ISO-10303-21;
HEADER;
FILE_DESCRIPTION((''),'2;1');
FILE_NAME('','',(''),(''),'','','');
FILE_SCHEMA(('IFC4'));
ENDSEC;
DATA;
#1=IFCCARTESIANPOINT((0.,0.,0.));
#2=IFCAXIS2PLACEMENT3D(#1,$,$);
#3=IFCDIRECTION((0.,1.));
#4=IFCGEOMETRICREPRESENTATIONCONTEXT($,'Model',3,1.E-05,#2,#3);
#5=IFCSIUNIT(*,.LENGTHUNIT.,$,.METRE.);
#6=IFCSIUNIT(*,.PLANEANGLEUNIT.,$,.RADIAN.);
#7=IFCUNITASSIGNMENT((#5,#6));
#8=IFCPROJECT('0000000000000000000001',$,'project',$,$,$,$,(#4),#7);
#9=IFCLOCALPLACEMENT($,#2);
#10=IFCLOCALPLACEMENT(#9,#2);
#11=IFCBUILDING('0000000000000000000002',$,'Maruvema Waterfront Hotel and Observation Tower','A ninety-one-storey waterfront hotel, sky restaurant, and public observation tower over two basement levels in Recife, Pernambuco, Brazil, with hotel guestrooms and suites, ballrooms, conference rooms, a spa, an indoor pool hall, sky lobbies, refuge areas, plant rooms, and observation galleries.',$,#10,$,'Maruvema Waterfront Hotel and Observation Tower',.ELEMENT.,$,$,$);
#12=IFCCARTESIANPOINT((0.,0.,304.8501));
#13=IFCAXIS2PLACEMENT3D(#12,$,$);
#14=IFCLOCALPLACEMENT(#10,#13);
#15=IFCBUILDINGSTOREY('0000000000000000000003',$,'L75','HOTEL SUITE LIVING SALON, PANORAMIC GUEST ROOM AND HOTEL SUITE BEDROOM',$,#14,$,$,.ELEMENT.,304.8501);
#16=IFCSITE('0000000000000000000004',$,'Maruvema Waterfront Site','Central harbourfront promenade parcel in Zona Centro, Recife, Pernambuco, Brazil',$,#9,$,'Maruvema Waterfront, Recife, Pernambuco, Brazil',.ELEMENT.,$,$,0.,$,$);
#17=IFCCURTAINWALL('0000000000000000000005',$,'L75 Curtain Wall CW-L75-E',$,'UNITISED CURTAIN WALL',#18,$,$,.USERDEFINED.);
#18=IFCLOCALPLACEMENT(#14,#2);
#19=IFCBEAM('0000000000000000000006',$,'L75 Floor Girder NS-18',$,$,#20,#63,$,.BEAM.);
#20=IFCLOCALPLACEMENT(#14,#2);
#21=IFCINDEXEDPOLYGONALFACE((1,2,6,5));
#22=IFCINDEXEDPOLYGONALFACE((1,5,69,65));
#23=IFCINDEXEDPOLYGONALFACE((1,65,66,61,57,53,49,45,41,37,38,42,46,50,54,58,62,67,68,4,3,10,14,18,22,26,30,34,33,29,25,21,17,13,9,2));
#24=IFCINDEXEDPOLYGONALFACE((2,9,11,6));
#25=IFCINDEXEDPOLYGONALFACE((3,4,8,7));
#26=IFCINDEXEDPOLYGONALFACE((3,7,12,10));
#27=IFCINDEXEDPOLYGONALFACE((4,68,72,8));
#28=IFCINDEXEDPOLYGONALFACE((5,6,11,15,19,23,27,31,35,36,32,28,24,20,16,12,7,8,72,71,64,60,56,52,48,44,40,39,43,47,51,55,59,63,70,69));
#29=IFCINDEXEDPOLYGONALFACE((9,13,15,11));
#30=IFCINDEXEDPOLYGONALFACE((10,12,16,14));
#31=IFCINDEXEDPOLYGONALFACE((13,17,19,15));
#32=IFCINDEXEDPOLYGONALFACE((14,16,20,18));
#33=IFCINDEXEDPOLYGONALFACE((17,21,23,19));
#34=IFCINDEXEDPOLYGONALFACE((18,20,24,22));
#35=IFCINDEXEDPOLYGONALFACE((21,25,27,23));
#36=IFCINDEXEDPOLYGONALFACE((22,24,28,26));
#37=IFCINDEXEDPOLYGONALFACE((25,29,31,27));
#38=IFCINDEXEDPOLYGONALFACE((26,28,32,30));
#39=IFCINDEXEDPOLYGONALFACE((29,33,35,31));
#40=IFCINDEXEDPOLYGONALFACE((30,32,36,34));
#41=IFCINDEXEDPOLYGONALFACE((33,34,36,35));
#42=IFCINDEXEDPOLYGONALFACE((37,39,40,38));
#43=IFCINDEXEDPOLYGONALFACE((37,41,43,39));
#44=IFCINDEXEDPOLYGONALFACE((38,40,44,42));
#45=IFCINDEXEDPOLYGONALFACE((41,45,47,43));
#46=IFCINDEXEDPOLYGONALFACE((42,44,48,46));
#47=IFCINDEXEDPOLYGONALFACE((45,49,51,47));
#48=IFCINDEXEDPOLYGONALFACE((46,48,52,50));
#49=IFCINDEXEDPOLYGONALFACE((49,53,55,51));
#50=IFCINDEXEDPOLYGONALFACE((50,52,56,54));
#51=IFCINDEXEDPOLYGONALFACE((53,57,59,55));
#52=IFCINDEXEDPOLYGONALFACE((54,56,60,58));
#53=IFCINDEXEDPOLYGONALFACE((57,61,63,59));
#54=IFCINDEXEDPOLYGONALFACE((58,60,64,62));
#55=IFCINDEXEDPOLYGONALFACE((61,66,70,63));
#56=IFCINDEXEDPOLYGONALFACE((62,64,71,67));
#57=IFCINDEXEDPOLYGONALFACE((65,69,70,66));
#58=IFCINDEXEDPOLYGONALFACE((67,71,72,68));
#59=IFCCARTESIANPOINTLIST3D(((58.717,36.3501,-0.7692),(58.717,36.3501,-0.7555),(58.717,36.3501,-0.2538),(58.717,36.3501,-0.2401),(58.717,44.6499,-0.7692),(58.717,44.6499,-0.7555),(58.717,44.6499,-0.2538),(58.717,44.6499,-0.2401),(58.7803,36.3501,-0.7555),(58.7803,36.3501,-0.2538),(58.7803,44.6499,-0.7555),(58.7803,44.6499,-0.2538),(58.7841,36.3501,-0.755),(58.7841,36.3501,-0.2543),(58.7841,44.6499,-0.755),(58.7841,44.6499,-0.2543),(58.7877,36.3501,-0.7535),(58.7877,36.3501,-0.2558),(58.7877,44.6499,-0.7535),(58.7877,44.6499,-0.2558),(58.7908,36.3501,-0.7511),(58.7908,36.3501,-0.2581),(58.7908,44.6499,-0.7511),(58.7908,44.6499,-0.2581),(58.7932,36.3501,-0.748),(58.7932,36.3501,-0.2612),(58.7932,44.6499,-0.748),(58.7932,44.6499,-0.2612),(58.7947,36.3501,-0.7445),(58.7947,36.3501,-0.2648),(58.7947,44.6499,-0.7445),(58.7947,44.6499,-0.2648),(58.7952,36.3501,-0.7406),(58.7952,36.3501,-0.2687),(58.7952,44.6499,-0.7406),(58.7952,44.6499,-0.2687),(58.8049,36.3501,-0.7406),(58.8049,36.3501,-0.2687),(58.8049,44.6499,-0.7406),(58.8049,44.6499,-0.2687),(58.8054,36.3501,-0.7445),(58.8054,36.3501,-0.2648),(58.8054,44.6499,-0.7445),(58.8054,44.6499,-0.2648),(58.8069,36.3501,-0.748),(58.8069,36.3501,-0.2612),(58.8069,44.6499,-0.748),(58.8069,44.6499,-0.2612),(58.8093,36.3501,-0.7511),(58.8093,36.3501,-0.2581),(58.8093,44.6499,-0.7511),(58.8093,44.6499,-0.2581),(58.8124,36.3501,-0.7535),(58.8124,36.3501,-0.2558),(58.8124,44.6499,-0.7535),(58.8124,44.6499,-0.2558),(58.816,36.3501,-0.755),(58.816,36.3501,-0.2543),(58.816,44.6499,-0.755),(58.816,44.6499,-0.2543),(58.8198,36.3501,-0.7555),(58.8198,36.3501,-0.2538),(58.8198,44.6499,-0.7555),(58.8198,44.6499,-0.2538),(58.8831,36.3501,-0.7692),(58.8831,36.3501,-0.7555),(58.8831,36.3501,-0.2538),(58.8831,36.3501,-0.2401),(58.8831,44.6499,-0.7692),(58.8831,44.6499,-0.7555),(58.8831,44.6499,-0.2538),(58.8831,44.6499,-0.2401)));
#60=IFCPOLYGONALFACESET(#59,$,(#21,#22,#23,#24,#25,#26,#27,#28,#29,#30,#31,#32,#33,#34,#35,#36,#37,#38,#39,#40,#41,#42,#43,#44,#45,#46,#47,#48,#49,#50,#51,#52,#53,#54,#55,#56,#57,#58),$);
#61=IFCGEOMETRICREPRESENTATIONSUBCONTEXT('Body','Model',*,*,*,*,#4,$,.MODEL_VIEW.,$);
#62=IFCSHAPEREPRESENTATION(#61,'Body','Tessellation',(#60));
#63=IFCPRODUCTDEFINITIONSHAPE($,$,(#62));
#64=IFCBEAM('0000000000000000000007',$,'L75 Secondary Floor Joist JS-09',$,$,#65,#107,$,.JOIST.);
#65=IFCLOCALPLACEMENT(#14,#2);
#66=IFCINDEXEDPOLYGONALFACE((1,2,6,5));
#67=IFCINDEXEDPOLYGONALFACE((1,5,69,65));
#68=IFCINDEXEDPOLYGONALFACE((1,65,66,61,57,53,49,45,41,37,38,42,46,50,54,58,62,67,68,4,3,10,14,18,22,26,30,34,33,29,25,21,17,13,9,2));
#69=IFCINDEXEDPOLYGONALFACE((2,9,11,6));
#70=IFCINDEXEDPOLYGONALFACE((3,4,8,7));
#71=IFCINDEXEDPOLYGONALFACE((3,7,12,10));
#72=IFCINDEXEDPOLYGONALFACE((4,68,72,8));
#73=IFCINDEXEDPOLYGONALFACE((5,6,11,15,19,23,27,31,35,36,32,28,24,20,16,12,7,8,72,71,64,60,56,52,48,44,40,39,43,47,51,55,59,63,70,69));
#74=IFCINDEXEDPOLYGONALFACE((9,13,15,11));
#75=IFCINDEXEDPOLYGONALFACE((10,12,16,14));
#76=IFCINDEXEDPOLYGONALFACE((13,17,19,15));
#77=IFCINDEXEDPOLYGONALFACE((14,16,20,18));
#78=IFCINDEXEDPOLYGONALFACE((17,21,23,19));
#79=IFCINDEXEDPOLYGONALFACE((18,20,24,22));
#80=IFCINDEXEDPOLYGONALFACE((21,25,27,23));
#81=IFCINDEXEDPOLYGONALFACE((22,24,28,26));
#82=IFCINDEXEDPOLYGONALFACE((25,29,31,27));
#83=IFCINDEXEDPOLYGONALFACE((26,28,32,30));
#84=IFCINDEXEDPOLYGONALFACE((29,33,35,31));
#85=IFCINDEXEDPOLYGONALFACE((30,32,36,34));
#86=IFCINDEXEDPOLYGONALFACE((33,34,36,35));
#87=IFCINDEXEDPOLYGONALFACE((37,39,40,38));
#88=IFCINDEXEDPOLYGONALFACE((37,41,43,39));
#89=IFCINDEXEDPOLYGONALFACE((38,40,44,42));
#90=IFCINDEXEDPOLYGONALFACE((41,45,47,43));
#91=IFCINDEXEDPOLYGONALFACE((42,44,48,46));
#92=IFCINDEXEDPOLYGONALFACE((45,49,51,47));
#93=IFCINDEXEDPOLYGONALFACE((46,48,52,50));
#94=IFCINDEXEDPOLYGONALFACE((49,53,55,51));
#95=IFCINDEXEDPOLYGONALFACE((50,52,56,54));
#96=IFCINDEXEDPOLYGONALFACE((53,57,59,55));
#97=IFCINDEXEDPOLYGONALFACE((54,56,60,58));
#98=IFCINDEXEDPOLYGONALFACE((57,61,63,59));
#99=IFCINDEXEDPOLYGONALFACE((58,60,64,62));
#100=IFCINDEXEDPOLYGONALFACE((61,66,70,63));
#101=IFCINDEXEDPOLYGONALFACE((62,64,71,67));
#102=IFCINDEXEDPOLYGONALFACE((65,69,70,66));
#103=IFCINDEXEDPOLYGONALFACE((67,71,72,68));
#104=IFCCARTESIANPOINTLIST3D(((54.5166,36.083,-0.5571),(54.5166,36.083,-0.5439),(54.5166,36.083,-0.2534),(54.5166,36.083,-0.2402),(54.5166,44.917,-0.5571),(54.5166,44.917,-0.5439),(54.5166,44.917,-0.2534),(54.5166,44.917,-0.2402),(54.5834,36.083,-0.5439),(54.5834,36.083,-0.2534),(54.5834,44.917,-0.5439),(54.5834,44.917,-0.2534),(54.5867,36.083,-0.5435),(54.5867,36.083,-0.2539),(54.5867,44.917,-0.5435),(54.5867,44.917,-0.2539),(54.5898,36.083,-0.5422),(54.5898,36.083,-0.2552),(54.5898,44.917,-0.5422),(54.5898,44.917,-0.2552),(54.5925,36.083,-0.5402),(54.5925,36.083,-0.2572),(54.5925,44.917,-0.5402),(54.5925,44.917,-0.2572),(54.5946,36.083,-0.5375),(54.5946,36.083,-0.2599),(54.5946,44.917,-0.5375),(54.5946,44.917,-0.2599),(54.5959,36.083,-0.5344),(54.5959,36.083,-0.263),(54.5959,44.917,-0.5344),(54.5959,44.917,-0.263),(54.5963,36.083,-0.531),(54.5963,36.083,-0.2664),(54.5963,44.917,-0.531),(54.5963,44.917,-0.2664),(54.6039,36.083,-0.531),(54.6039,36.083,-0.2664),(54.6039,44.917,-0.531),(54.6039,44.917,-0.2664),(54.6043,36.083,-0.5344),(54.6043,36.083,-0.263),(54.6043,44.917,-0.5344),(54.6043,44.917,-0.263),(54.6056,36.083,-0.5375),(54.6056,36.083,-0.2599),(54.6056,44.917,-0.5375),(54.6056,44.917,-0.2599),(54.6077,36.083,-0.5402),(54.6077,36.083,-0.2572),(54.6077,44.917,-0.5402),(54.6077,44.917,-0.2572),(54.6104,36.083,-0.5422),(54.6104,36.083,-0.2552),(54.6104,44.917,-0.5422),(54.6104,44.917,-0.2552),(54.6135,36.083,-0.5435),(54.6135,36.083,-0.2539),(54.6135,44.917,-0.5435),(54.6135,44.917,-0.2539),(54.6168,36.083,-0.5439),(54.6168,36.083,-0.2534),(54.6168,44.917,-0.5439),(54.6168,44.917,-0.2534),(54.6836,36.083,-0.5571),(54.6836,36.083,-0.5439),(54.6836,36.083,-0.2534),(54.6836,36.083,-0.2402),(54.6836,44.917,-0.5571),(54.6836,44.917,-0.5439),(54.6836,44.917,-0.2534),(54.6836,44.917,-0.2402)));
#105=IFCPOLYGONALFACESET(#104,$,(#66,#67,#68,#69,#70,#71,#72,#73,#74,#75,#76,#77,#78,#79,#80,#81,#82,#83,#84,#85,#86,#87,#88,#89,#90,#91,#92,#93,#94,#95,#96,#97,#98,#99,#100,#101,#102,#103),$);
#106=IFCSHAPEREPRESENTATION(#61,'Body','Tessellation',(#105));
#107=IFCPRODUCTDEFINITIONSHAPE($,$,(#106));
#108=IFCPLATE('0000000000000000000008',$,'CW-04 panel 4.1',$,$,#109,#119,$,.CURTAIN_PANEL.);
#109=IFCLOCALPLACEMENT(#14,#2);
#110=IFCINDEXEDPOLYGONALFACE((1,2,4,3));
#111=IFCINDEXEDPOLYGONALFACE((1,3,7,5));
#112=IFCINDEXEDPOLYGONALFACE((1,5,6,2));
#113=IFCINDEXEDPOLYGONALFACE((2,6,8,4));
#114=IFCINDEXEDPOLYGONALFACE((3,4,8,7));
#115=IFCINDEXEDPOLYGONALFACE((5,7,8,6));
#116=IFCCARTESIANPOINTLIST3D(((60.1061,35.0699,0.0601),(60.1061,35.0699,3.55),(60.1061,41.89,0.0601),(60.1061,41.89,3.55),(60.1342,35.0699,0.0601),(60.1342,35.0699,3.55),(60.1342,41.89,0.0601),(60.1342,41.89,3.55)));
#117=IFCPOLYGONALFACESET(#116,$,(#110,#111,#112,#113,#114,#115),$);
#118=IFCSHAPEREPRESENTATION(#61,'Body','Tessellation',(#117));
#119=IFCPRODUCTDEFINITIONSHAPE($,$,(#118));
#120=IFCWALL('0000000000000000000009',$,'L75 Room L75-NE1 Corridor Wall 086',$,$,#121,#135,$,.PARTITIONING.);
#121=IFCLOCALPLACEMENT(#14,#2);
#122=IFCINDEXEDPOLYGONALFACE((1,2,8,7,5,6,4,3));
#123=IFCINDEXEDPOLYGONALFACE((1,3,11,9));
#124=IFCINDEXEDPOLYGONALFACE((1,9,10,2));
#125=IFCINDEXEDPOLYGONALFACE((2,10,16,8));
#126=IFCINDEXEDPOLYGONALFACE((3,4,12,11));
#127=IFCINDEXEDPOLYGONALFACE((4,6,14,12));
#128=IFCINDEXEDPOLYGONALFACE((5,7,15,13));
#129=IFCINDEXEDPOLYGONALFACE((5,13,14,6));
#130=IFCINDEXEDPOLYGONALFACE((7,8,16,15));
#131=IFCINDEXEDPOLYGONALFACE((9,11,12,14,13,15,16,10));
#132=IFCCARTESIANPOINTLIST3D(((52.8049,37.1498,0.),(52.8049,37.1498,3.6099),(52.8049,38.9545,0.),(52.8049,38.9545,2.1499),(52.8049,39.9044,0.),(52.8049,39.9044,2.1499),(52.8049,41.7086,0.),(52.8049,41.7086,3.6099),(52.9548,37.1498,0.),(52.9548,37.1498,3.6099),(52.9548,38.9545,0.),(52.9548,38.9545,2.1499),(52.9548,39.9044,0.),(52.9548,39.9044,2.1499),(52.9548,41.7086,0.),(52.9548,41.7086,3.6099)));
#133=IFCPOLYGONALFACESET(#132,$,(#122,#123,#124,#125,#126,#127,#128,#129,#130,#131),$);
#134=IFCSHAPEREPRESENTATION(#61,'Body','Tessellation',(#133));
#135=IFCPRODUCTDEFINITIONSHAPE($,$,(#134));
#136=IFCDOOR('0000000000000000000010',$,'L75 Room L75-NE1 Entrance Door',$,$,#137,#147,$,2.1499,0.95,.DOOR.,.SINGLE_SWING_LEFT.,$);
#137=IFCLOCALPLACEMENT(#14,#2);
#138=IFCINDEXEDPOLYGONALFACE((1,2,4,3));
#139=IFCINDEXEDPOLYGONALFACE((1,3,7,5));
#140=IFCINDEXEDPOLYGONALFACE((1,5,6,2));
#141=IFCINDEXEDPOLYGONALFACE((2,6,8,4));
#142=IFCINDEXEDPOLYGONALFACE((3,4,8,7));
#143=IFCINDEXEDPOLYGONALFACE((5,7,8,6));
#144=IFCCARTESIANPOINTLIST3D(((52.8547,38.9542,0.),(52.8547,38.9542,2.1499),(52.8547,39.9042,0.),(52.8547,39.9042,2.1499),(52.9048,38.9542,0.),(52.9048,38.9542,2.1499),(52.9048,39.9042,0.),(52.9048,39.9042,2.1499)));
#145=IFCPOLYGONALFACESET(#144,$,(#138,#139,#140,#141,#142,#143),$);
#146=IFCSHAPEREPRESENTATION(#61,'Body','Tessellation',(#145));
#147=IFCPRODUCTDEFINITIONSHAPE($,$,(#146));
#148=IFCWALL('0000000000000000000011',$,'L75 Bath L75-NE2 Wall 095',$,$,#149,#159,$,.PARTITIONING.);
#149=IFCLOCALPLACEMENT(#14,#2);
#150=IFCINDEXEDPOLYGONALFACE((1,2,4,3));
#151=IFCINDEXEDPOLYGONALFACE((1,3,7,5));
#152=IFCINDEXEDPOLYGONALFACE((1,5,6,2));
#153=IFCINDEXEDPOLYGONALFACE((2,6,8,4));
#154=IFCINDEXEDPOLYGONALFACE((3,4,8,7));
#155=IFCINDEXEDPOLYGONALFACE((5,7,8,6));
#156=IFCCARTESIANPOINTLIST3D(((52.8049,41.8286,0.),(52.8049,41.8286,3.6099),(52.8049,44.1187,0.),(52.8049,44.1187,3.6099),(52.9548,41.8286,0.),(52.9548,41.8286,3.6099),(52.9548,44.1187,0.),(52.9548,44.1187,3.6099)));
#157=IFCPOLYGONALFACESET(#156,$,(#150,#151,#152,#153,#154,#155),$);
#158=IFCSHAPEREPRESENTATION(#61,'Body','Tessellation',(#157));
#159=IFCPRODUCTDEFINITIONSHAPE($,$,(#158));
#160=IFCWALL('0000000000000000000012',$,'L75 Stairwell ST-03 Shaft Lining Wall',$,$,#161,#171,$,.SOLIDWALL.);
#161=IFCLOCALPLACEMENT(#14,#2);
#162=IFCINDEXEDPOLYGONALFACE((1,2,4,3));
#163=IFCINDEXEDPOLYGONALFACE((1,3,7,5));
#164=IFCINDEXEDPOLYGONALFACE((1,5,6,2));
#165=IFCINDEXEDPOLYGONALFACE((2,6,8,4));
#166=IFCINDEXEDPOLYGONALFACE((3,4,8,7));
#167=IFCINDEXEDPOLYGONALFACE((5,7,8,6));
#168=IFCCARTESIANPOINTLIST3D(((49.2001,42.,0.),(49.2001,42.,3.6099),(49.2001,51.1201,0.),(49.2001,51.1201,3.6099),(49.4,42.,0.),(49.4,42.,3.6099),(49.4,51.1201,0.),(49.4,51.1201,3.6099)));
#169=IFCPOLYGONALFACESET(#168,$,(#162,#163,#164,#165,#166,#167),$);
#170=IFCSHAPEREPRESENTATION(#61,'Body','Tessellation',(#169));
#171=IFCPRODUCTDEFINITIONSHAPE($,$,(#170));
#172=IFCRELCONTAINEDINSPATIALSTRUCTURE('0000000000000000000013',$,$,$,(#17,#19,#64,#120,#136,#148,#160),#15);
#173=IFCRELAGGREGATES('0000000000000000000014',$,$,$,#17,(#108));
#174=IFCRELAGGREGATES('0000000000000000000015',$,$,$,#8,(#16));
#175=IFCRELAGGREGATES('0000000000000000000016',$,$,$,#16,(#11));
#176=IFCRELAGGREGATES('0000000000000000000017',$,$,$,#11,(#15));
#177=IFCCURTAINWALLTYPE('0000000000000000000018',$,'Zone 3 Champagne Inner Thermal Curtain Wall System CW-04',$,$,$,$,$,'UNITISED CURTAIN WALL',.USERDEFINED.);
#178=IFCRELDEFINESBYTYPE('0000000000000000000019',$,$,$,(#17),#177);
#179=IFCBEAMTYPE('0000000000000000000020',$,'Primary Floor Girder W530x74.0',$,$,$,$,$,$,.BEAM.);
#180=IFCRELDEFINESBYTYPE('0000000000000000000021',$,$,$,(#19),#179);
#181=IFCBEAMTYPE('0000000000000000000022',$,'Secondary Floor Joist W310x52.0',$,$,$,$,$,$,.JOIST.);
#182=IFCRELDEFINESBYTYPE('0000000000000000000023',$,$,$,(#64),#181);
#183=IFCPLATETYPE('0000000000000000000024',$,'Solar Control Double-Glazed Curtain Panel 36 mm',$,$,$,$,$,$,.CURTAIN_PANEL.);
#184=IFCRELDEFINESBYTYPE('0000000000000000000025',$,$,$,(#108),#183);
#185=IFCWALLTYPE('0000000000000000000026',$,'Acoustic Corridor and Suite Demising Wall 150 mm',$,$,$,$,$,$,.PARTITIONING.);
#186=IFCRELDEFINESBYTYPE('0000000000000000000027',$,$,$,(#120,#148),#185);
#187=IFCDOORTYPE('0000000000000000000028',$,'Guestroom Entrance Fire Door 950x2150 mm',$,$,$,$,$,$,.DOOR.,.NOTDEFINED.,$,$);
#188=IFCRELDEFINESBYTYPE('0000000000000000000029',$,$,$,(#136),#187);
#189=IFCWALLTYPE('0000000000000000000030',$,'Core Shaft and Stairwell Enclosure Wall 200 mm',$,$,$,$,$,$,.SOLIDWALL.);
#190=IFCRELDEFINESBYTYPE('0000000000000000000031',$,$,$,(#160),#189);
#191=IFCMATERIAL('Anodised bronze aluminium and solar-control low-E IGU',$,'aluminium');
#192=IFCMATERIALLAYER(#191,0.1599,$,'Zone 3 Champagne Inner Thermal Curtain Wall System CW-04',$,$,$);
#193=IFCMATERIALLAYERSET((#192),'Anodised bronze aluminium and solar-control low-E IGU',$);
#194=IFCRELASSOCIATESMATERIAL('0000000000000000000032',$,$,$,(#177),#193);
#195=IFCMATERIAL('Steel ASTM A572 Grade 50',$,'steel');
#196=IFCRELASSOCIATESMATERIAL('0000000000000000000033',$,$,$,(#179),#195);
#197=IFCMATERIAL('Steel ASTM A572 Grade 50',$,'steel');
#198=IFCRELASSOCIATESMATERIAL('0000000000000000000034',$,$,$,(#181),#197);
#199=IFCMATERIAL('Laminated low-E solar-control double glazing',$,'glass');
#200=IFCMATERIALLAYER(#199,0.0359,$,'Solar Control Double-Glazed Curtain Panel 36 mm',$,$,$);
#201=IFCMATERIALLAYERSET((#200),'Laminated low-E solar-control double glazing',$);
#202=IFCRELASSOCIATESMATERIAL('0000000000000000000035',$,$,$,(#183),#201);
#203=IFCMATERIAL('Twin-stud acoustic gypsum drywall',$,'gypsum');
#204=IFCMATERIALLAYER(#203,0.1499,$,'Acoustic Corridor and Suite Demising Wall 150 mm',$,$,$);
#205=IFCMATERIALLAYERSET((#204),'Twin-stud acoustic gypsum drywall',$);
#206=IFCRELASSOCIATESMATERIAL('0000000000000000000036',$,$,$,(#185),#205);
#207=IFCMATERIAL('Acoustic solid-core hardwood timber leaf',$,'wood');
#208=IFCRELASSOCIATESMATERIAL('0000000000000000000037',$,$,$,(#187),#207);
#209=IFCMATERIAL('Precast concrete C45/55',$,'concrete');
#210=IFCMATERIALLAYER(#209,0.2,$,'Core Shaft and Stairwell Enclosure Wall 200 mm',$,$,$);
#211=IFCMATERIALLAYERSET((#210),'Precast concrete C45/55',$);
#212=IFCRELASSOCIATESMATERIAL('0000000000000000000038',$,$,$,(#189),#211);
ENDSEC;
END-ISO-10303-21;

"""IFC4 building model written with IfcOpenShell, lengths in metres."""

from ifc_helpers import new_model, si_unit, direction, frame, frame_2d, origin, origin_2d, place, context, subcontext, project, spatial, rectangle, i_section, extrude, material, layer, layer_set, material_profile, profile_set, type_object, element, fill, aggregate, save


model = new_model("IFC4")

# Units and contexts
model_context = context("Model", 3, precision=1e-05, world=origin(), true_north=direction((0.0, 1.0)))
body_context = subcontext(model_context, "Body", "Model", "MODEL_VIEW")
ifc_project = project(units=[si_unit("LENGTHUNIT", "METRE"), si_unit("PLANEANGLEUNIT", "RADIAN")], contexts=[model_context])

# Site, building, storey
site_placement = place(None, origin())
site = spatial("IfcSite", under=ifc_project, at=site_placement, Name="Maruvema Waterfront Site", Description="Central harbourfront promenade parcel in Zona Centro, Recife, Pernambuco, Brazil", LongName="Maruvema Waterfront, Recife, Pernambuco, Brazil", CompositionType="ELEMENT", RefElevation=0.0)
building_placement = place(site_placement, origin())
building = spatial("IfcBuilding", under=site, at=building_placement, Name="Maruvema Waterfront Hotel and Observation Tower", Description="A ninety-one-storey waterfront hotel, sky restaurant, and public observation tower over two basement levels in Recife, Pernambuco, Brazil, with hotel guestrooms and suites, ballrooms, conference rooms, a spa, an indoor pool hall, sky lobbies, refuge areas, plant rooms, and observation galleries.", LongName="Maruvema Waterfront Hotel and Observation Tower", CompositionType="ELEMENT")
storey_placement = place(building_placement, frame((0.0, 0.0, 304.8501)))
storey = spatial("IfcBuildingStorey", under=building, at=storey_placement, Name="L75", Description="HOTEL SUITE LIVING SALON, PANORAMIC GUEST ROOM AND HOTEL SUITE BEDROOM", CompositionType="ELEMENT", Elevation=304.8501)

# Curtain wall
ifc_material_1 = material(Name="Anodised bronze aluminium and solar-control low-E IGU", Category="aluminium")
ifc_layer_1 = layer(ifc_material_1, 0.1599, Name="Zone 3 Champagne Inner Thermal Curtain Wall System CW-04")
ifc_layer_set_1 = layer_set([ifc_layer_1], Name="Anodised bronze aluminium and solar-control low-E IGU")
curtain_wall_type = type_object("IfcCurtainWallType", Name="Zone 3 Champagne Inner Thermal Curtain Wall System CW-04", ElementType="UNITISED CURTAIN WALL", PredefinedType="USERDEFINED", material=ifc_layer_set_1)
curtain_wall_placement = place(storey_placement, origin())
curtain_wall = element("IfcCurtainWall", 1, at=curtain_wall_placement, inside=storey, type_object=curtain_wall_type, Name="L75 Curtain Wall CW-L75-E", ObjectType="UNITISED CURTAIN WALL", PredefinedType="USERDEFINED")

# Beams
ifc_material_2 = material(Name="Steel ASTM A572 Grade 50", Category="steel")
ifc_material_profile_1 = material_profile(ifc_material_2, i_section(OverallWidth=0.166, OverallDepth=0.5291, WebThickness=0.0098, FlangeThickness=0.0137, FilletRadius=0.0149, at=origin_2d()), Name="W530x74.0")
ifc_profile_set_1 = profile_set([ifc_material_profile_1], Name="Steel ASTM A572 Grade 50")
beam_type_1 = type_object("IfcBeamType", Name="Primary Floor Girder W530x74.0", PredefinedType="BEAM", material=ifc_profile_set_1)
beam_1_placement = place(storey_placement, frame((58.8, 36.3501, -0.5046), z_axis=(0.0, 1.0, 0.0), x_axis=(-1.0, 0.0, 0.0)))
element("IfcBeam", 2, at=beam_1_placement, inside=storey, type_object=beam_type_1, Name="L75 Floor Girder NS-18", PredefinedType="BEAM", context=body_context, shape_type="SweptSolid", body=[
    extrude(i_section(OverallWidth=0.166, OverallDepth=0.5291, WebThickness=0.0098, FlangeThickness=0.0137, FilletRadius=0.0149, at=origin_2d()), origin(), (0.0, 0.0, 1.0), 8.2998),
])
ifc_material_3 = material(Name="Steel ASTM A572 Grade 50", Category="steel")
ifc_material_profile_2 = material_profile(ifc_material_3, i_section(OverallWidth=0.167, OverallDepth=0.3169, WebThickness=0.0076, FlangeThickness=0.0132, FilletRadius=0.0129, at=origin_2d()), Name="W310x52.0")
ifc_profile_set_2 = profile_set([ifc_material_profile_2], Name="Steel ASTM A572 Grade 50")
beam_type_2 = type_object("IfcBeamType", Name="Secondary Floor Joist W310x52.0", PredefinedType="JOIST", material=ifc_profile_set_2)
beam_2_placement = place(storey_placement, frame((54.6001, 36.083, -0.3987), z_axis=(0.0, 1.0, 0.0), x_axis=(-1.0, 0.0, 0.0)))
element("IfcBeam", 3, at=beam_2_placement, inside=storey, type_object=beam_type_2, Name="L75 Secondary Floor Joist JS-09", PredefinedType="JOIST", context=body_context, shape_type="SweptSolid", body=[
    extrude(i_section(OverallWidth=0.167, OverallDepth=0.3169, WebThickness=0.0076, FlangeThickness=0.0132, FilletRadius=0.0129, at=origin_2d()), origin(), (0.0, 0.0, 1.0), 8.834),
])

# Plate
ifc_material_4 = material(Name="Laminated low-E solar-control double glazing", Category="glass")
ifc_layer_2 = layer(ifc_material_4, 0.0359, Name="Solar Control Double-Glazed Curtain Panel 36 mm")
ifc_layer_set_2 = layer_set([ifc_layer_2], Name="Laminated low-E solar-control double glazing")
plate_type = type_object("IfcPlateType", Name="Solar Control Double-Glazed Curtain Panel 36 mm", PredefinedType="CURTAIN_PANEL", material=ifc_layer_set_2)
plate_placement = place(storey_placement, frame((60.1201, 38.48, 0.0601), z_axis=(0.0, 0.0, 1.0), x_axis=(0.0, 1.0, 0.0)))
plate = element("IfcPlate", 4, at=plate_placement, type_object=plate_type, Name="CW-04 panel 4.1", PredefinedType="CURTAIN_PANEL", context=body_context, shape_type="SweptSolid", body=[
    extrude(rectangle(XDim=6.8201, YDim=0.0281, at=origin_2d()), origin(), (0.0, 0.0, 1.0), 3.49),
])
aggregate(curtain_wall, [plate])

# Wall, opening, door
ifc_material_5 = material(Name="Twin-stud acoustic gypsum drywall", Category="gypsum")
ifc_layer_3 = layer(ifc_material_5, 0.1499, Name="Acoustic Corridor and Suite Demising Wall 150 mm")
ifc_layer_set_3 = layer_set([ifc_layer_3], Name="Twin-stud acoustic gypsum drywall")
wall_type_1 = type_object("IfcWallType", Name="Acoustic Corridor and Suite Demising Wall 150 mm", PredefinedType="PARTITIONING", material=ifc_layer_set_3)
wall_1_placement = place(storey_placement, frame((52.8799, 37.1499, 0.0), z_axis=(0.0, 0.0, 1.0), x_axis=(0.0, 1.0, 0.0)))
wall_1 = element("IfcWall", 5, at=wall_1_placement, inside=storey, type_object=wall_type_1, Name="L75 Room L75-NE1 Corridor Wall 086", PredefinedType="PARTITIONING", context=body_context, shape_type="SweptSolid", body=[
    extrude(rectangle(XDim=4.5588, YDim=0.1499, at=frame_2d((2.2793, 0.0))), origin(), (0.0, 0.0, 1.0), 3.6099),
])
opening_1_placement = place(wall_1_placement, frame((1.8044, 0.0, 0.0)))
opening_1 = element("IfcOpeningElement", 6, at=opening_1_placement, cuts=wall_1, PredefinedType="OPENING", context=body_context, shape_type="SweptSolid", body=[
    extrude(rectangle(XDim=0.95, YDim=2.1499, at=frame_2d((0.4751, 1.075))), frame((0.0, 0.085, 0.0), z_axis=(0.0, -1.0, 0.0), x_axis=(1.0, 0.0, 0.0)), (0.0, 0.0, 1.0), 0.1699),
])
ifc_material_6 = material(Name="Acoustic solid-core hardwood timber leaf", Category="wood")
door_type_1 = type_object("IfcDoorType", Name="Guestroom Entrance Fire Door 950x2150 mm", OperationType="NOTDEFINED", PredefinedType="DOOR", material=ifc_material_6)
door_1_placement = place(opening_1_placement, frame((0.95, 0.0, 0.0), z_axis=(0.0, 0.0, 1.0), x_axis=(-1.0, 0.0, 0.0)))
door_1 = element("IfcDoor", 7, at=door_1_placement, inside=storey, type_object=door_type_1, Name="L75 Room L75-NE1 Entrance Door", OperationType="SINGLE_SWING_LEFT", OverallHeight=2.1499, OverallWidth=0.95, PredefinedType="DOOR", context=body_context, shape_type="SweptSolid", body=[
    extrude(rectangle(XDim=0.95, YDim=2.1499, at=frame_2d((0.4751, 1.075))), frame((0.0, 0.0249, 0.0), z_axis=(0.0, -1.0, 0.0), x_axis=(1.0, 0.0, 0.0)), (0.0, 0.0, 1.0), 0.05),
])
fill(opening_1, door_1)

# Walls
wall_2_placement = place(storey_placement, frame((52.8799, 41.8286, 0.0), z_axis=(0.0, 0.0, 1.0), x_axis=(0.0, 1.0, 0.0)))
element("IfcWall", 8, at=wall_2_placement, inside=storey, type_object=wall_type_1, Name="L75 Bath L75-NE2 Wall 095", PredefinedType="PARTITIONING", context=body_context, shape_type="SweptSolid", body=[
    extrude(rectangle(XDim=2.29, YDim=0.1499, at=frame_2d((1.145, 0.0))), origin(), (0.0, 0.0, 1.0), 3.6099),
])
ifc_material_7 = material(Name="Precast concrete C45/55", Category="concrete")
ifc_layer_4 = layer(ifc_material_7, 0.2, Name="Core Shaft and Stairwell Enclosure Wall 200 mm")
ifc_layer_set_4 = layer_set([ifc_layer_4], Name="Precast concrete C45/55")
wall_type_2 = type_object("IfcWallType", Name="Core Shaft and Stairwell Enclosure Wall 200 mm", PredefinedType="SOLIDWALL", material=ifc_layer_set_4)
wall_3_placement = place(storey_placement, frame((49.3, 42.0, 0.0), z_axis=(0.0, 0.0, 1.0), x_axis=(0.0, 1.0, 0.0)))
element("IfcWall", 9, at=wall_3_placement, inside=storey, type_object=wall_type_2, Name="L75 Stairwell ST-03 Shaft Lining Wall", PredefinedType="SOLIDWALL", context=body_context, shape_type="SweptSolid", body=[
    extrude(rectangle(XDim=9.1201, YDim=0.2, at=frame_2d((4.5601, 0.0))), origin(), (0.0, 0.0, 1.0), 3.6099),
])

save(model, "model.ifc")
